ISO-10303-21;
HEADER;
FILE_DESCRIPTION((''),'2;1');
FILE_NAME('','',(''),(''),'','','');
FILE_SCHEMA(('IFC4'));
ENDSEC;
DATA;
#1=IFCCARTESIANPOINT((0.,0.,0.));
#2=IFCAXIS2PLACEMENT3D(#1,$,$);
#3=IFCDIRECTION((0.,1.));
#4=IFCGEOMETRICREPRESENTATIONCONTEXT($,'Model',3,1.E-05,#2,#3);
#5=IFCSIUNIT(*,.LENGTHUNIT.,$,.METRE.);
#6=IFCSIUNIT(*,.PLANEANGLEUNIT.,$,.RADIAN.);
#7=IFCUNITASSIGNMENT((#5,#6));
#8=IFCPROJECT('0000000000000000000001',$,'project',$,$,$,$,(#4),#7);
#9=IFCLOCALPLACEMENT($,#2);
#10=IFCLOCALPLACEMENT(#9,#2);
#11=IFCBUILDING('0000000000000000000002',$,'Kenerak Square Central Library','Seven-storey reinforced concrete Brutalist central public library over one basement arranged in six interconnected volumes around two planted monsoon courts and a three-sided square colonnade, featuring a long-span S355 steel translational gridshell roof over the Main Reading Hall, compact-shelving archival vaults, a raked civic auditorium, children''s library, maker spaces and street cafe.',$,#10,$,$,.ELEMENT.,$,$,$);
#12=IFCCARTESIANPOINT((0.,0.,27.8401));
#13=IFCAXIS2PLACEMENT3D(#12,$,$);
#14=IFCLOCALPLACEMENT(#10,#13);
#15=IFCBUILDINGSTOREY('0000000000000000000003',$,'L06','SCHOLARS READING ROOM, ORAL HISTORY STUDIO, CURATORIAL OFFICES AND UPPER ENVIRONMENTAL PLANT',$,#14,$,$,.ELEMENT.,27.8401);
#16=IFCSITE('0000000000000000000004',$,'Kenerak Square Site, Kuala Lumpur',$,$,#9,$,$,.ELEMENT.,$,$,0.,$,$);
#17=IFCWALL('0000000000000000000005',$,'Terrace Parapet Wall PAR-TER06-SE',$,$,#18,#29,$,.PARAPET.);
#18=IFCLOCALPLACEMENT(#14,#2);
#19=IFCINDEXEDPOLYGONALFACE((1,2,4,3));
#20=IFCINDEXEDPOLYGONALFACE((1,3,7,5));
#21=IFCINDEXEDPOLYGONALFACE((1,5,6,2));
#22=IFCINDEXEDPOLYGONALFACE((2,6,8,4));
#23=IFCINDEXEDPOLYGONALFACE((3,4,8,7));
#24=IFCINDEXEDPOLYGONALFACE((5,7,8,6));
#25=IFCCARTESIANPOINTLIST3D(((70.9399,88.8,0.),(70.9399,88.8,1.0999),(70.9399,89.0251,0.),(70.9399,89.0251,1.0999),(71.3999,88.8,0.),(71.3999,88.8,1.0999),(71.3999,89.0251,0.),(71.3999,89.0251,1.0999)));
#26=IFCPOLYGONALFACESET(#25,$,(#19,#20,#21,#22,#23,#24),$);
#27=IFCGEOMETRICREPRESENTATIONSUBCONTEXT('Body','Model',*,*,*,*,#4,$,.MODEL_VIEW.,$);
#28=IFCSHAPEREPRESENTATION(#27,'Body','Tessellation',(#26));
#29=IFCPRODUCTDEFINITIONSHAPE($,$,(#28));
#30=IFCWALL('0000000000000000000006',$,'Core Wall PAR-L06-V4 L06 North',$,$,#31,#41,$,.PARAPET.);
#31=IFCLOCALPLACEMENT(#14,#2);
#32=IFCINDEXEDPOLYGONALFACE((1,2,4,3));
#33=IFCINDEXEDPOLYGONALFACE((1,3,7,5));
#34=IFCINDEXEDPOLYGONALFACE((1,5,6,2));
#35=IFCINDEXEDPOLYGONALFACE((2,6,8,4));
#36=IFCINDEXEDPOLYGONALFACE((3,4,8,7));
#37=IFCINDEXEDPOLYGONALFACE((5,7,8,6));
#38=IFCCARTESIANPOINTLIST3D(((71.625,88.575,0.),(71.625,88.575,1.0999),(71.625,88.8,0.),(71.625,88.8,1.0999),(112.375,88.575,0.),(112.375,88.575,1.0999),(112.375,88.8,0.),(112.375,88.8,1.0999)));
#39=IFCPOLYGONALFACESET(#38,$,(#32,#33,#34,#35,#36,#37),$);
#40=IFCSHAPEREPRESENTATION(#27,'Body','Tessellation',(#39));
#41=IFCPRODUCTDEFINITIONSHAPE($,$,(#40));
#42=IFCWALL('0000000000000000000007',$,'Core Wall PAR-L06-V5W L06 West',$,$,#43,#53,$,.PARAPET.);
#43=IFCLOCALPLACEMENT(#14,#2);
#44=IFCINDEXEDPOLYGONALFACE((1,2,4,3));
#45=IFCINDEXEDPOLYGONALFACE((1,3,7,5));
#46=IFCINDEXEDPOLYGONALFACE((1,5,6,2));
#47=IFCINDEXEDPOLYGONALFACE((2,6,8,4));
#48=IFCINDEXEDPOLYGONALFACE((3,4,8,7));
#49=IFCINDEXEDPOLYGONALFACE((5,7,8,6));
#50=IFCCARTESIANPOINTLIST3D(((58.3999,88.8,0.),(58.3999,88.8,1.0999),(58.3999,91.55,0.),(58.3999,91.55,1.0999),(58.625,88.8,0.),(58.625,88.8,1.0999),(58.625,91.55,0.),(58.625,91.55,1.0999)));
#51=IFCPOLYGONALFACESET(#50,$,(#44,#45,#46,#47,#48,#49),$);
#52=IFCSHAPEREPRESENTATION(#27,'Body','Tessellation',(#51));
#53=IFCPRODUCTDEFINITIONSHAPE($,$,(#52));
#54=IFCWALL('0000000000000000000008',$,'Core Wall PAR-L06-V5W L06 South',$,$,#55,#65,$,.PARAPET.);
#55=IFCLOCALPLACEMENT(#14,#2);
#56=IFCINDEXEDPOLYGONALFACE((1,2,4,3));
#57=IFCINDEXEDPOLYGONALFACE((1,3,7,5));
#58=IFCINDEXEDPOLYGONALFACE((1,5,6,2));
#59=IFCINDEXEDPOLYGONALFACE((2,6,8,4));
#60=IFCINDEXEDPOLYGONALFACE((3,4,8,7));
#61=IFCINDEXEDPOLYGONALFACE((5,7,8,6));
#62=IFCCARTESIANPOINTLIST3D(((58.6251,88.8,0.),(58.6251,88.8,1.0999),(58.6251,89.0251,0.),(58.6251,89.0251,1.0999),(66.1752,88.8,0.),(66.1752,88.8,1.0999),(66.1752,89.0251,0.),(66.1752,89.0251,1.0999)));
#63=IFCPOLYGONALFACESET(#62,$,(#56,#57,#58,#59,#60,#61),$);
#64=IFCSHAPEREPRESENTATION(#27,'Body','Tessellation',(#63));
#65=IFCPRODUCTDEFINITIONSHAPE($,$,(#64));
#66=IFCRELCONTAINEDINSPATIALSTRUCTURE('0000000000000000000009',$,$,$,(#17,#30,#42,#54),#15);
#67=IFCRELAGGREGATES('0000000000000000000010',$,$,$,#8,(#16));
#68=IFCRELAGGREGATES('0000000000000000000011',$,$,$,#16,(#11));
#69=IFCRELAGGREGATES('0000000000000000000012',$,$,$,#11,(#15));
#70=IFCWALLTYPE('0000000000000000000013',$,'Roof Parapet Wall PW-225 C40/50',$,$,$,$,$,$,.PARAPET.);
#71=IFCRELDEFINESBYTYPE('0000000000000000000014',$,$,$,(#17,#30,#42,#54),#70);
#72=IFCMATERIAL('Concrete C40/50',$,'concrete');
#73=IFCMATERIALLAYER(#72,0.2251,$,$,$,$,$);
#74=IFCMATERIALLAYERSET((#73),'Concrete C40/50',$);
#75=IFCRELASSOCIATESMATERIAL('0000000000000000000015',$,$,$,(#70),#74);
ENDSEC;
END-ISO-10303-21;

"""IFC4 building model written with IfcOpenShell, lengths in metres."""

from ifc_helpers import new_model, si_unit, direction, frame, frame_2d, origin, place, context, subcontext, project, spatial, rectangle, extrude, material, layer, layer_set, type_object, element, save


model = new_model("IFC4")

# Units and contexts
model_context = context("Model", 3, precision=1e-05, world=origin(), true_north=direction((0.0, 1.0)))
body_context = subcontext(model_context, "Body", "Model", "MODEL_VIEW")
ifc_project = project(units=[si_unit("LENGTHUNIT", "METRE"), si_unit("PLANEANGLEUNIT", "RADIAN")], contexts=[model_context])

# Site, building, storey
site_placement = place(None, origin())
site = spatial("IfcSite", under=ifc_project, at=site_placement, Name="Kenerak Square Site, Kuala Lumpur", CompositionType="ELEMENT", RefElevation=0.0)
building_placement = place(site_placement, origin())
building = spatial("IfcBuilding", under=site, at=building_placement, Name="Kenerak Square Central Library", Description="Seven-storey reinforced concrete Brutalist central public library over one basement arranged in six interconnected volumes around two planted monsoon courts and a three-sided square colonnade, featuring a long-span S355 steel translational gridshell roof over the Main Reading Hall, compact-shelving archival vaults, a raked civic auditorium, children's library, maker spaces and street cafe.", CompositionType="ELEMENT")
storey_placement = place(building_placement, frame((0.0, 0.0, 27.8401)))
storey = spatial("IfcBuildingStorey", under=building, at=storey_placement, Name="L06", Description="SCHOLARS READING ROOM, ORAL HISTORY STUDIO, CURATORIAL OFFICES AND UPPER ENVIRONMENTAL PLANT", CompositionType="ELEMENT", Elevation=27.8401)

# Walls
ifc_material_1 = material(Name="Concrete C40/50", Category="concrete")
ifc_layer_1 = layer(ifc_material_1, 0.2251)
ifc_layer_set_1 = layer_set([ifc_layer_1], Name="Concrete C40/50")
wall_type = type_object("IfcWallType", Name="Roof Parapet Wall PW-225 C40/50", PredefinedType="PARAPET", material=ifc_layer_set_1)
wall_1_placement = place(storey_placement, frame((70.9399, 88.9126, 0.0), z_axis=(0.0, 0.0, 1.0), x_axis=(1.0, 0.0, 0.0)))
element("IfcWall", 1, at=wall_1_placement, inside=storey, type_object=wall_type, Name="Terrace Parapet Wall PAR-TER06-SE", PredefinedType="PARAPET", context=body_context, shape_type="SweptSolid", body=[
    extrude(rectangle(XDim=0.46, YDim=0.2251, at=frame_2d((0.23, 0.0))), origin(), (0.0, 0.0, 1.0), 1.0999),
])
wall_2_placement = place(storey_placement, frame((71.625, 88.6875, 0.0), z_axis=(0.0, 0.0, 1.0), x_axis=(1.0, 0.0, 0.0)))
element("IfcWall", 2, at=wall_2_placement, inside=storey, type_object=wall_type, Name="Core Wall PAR-L06-V4 L06 North", PredefinedType="PARAPET", context=body_context, shape_type="SweptSolid", body=[
    extrude(rectangle(XDim=40.75, YDim=0.2251, at=frame_2d((20.375, 0.0))), origin(), (0.0, 0.0, 1.0), 1.0999),
])
wall_3_placement = place(storey_placement, frame((58.5125, 88.8, 0.0), z_axis=(0.0, 0.0, 1.0), x_axis=(0.0, 1.0, 0.0)))
element("IfcWall", 3, at=wall_3_placement, inside=storey, type_object=wall_type, Name="Core Wall PAR-L06-V5W L06 West", PredefinedType="PARAPET", context=body_context, shape_type="SweptSolid", body=[
    extrude(rectangle(XDim=2.75, YDim=0.2251, at=frame_2d((1.375, 0.0))), origin(), (0.0, 0.0, 1.0), 1.0999),
])
wall_4_placement = place(storey_placement, frame((66.175, 88.9126, 0.0), z_axis=(0.0, 0.0, 1.0), x_axis=(-1.0, 0.0, 0.0)))
element("IfcWall", 4, at=wall_4_placement, inside=storey, type_object=wall_type, Name="Core Wall PAR-L06-V5W L06 South", PredefinedType="PARAPET", context=body_context, shape_type="SweptSolid", body=[
    extrude(rectangle(XDim=7.55, YDim=0.2251, at=frame_2d((3.7749, 0.0))), origin(), (0.0, 0.0, 1.0), 1.0999),
])

save(model, "model.ifc")
